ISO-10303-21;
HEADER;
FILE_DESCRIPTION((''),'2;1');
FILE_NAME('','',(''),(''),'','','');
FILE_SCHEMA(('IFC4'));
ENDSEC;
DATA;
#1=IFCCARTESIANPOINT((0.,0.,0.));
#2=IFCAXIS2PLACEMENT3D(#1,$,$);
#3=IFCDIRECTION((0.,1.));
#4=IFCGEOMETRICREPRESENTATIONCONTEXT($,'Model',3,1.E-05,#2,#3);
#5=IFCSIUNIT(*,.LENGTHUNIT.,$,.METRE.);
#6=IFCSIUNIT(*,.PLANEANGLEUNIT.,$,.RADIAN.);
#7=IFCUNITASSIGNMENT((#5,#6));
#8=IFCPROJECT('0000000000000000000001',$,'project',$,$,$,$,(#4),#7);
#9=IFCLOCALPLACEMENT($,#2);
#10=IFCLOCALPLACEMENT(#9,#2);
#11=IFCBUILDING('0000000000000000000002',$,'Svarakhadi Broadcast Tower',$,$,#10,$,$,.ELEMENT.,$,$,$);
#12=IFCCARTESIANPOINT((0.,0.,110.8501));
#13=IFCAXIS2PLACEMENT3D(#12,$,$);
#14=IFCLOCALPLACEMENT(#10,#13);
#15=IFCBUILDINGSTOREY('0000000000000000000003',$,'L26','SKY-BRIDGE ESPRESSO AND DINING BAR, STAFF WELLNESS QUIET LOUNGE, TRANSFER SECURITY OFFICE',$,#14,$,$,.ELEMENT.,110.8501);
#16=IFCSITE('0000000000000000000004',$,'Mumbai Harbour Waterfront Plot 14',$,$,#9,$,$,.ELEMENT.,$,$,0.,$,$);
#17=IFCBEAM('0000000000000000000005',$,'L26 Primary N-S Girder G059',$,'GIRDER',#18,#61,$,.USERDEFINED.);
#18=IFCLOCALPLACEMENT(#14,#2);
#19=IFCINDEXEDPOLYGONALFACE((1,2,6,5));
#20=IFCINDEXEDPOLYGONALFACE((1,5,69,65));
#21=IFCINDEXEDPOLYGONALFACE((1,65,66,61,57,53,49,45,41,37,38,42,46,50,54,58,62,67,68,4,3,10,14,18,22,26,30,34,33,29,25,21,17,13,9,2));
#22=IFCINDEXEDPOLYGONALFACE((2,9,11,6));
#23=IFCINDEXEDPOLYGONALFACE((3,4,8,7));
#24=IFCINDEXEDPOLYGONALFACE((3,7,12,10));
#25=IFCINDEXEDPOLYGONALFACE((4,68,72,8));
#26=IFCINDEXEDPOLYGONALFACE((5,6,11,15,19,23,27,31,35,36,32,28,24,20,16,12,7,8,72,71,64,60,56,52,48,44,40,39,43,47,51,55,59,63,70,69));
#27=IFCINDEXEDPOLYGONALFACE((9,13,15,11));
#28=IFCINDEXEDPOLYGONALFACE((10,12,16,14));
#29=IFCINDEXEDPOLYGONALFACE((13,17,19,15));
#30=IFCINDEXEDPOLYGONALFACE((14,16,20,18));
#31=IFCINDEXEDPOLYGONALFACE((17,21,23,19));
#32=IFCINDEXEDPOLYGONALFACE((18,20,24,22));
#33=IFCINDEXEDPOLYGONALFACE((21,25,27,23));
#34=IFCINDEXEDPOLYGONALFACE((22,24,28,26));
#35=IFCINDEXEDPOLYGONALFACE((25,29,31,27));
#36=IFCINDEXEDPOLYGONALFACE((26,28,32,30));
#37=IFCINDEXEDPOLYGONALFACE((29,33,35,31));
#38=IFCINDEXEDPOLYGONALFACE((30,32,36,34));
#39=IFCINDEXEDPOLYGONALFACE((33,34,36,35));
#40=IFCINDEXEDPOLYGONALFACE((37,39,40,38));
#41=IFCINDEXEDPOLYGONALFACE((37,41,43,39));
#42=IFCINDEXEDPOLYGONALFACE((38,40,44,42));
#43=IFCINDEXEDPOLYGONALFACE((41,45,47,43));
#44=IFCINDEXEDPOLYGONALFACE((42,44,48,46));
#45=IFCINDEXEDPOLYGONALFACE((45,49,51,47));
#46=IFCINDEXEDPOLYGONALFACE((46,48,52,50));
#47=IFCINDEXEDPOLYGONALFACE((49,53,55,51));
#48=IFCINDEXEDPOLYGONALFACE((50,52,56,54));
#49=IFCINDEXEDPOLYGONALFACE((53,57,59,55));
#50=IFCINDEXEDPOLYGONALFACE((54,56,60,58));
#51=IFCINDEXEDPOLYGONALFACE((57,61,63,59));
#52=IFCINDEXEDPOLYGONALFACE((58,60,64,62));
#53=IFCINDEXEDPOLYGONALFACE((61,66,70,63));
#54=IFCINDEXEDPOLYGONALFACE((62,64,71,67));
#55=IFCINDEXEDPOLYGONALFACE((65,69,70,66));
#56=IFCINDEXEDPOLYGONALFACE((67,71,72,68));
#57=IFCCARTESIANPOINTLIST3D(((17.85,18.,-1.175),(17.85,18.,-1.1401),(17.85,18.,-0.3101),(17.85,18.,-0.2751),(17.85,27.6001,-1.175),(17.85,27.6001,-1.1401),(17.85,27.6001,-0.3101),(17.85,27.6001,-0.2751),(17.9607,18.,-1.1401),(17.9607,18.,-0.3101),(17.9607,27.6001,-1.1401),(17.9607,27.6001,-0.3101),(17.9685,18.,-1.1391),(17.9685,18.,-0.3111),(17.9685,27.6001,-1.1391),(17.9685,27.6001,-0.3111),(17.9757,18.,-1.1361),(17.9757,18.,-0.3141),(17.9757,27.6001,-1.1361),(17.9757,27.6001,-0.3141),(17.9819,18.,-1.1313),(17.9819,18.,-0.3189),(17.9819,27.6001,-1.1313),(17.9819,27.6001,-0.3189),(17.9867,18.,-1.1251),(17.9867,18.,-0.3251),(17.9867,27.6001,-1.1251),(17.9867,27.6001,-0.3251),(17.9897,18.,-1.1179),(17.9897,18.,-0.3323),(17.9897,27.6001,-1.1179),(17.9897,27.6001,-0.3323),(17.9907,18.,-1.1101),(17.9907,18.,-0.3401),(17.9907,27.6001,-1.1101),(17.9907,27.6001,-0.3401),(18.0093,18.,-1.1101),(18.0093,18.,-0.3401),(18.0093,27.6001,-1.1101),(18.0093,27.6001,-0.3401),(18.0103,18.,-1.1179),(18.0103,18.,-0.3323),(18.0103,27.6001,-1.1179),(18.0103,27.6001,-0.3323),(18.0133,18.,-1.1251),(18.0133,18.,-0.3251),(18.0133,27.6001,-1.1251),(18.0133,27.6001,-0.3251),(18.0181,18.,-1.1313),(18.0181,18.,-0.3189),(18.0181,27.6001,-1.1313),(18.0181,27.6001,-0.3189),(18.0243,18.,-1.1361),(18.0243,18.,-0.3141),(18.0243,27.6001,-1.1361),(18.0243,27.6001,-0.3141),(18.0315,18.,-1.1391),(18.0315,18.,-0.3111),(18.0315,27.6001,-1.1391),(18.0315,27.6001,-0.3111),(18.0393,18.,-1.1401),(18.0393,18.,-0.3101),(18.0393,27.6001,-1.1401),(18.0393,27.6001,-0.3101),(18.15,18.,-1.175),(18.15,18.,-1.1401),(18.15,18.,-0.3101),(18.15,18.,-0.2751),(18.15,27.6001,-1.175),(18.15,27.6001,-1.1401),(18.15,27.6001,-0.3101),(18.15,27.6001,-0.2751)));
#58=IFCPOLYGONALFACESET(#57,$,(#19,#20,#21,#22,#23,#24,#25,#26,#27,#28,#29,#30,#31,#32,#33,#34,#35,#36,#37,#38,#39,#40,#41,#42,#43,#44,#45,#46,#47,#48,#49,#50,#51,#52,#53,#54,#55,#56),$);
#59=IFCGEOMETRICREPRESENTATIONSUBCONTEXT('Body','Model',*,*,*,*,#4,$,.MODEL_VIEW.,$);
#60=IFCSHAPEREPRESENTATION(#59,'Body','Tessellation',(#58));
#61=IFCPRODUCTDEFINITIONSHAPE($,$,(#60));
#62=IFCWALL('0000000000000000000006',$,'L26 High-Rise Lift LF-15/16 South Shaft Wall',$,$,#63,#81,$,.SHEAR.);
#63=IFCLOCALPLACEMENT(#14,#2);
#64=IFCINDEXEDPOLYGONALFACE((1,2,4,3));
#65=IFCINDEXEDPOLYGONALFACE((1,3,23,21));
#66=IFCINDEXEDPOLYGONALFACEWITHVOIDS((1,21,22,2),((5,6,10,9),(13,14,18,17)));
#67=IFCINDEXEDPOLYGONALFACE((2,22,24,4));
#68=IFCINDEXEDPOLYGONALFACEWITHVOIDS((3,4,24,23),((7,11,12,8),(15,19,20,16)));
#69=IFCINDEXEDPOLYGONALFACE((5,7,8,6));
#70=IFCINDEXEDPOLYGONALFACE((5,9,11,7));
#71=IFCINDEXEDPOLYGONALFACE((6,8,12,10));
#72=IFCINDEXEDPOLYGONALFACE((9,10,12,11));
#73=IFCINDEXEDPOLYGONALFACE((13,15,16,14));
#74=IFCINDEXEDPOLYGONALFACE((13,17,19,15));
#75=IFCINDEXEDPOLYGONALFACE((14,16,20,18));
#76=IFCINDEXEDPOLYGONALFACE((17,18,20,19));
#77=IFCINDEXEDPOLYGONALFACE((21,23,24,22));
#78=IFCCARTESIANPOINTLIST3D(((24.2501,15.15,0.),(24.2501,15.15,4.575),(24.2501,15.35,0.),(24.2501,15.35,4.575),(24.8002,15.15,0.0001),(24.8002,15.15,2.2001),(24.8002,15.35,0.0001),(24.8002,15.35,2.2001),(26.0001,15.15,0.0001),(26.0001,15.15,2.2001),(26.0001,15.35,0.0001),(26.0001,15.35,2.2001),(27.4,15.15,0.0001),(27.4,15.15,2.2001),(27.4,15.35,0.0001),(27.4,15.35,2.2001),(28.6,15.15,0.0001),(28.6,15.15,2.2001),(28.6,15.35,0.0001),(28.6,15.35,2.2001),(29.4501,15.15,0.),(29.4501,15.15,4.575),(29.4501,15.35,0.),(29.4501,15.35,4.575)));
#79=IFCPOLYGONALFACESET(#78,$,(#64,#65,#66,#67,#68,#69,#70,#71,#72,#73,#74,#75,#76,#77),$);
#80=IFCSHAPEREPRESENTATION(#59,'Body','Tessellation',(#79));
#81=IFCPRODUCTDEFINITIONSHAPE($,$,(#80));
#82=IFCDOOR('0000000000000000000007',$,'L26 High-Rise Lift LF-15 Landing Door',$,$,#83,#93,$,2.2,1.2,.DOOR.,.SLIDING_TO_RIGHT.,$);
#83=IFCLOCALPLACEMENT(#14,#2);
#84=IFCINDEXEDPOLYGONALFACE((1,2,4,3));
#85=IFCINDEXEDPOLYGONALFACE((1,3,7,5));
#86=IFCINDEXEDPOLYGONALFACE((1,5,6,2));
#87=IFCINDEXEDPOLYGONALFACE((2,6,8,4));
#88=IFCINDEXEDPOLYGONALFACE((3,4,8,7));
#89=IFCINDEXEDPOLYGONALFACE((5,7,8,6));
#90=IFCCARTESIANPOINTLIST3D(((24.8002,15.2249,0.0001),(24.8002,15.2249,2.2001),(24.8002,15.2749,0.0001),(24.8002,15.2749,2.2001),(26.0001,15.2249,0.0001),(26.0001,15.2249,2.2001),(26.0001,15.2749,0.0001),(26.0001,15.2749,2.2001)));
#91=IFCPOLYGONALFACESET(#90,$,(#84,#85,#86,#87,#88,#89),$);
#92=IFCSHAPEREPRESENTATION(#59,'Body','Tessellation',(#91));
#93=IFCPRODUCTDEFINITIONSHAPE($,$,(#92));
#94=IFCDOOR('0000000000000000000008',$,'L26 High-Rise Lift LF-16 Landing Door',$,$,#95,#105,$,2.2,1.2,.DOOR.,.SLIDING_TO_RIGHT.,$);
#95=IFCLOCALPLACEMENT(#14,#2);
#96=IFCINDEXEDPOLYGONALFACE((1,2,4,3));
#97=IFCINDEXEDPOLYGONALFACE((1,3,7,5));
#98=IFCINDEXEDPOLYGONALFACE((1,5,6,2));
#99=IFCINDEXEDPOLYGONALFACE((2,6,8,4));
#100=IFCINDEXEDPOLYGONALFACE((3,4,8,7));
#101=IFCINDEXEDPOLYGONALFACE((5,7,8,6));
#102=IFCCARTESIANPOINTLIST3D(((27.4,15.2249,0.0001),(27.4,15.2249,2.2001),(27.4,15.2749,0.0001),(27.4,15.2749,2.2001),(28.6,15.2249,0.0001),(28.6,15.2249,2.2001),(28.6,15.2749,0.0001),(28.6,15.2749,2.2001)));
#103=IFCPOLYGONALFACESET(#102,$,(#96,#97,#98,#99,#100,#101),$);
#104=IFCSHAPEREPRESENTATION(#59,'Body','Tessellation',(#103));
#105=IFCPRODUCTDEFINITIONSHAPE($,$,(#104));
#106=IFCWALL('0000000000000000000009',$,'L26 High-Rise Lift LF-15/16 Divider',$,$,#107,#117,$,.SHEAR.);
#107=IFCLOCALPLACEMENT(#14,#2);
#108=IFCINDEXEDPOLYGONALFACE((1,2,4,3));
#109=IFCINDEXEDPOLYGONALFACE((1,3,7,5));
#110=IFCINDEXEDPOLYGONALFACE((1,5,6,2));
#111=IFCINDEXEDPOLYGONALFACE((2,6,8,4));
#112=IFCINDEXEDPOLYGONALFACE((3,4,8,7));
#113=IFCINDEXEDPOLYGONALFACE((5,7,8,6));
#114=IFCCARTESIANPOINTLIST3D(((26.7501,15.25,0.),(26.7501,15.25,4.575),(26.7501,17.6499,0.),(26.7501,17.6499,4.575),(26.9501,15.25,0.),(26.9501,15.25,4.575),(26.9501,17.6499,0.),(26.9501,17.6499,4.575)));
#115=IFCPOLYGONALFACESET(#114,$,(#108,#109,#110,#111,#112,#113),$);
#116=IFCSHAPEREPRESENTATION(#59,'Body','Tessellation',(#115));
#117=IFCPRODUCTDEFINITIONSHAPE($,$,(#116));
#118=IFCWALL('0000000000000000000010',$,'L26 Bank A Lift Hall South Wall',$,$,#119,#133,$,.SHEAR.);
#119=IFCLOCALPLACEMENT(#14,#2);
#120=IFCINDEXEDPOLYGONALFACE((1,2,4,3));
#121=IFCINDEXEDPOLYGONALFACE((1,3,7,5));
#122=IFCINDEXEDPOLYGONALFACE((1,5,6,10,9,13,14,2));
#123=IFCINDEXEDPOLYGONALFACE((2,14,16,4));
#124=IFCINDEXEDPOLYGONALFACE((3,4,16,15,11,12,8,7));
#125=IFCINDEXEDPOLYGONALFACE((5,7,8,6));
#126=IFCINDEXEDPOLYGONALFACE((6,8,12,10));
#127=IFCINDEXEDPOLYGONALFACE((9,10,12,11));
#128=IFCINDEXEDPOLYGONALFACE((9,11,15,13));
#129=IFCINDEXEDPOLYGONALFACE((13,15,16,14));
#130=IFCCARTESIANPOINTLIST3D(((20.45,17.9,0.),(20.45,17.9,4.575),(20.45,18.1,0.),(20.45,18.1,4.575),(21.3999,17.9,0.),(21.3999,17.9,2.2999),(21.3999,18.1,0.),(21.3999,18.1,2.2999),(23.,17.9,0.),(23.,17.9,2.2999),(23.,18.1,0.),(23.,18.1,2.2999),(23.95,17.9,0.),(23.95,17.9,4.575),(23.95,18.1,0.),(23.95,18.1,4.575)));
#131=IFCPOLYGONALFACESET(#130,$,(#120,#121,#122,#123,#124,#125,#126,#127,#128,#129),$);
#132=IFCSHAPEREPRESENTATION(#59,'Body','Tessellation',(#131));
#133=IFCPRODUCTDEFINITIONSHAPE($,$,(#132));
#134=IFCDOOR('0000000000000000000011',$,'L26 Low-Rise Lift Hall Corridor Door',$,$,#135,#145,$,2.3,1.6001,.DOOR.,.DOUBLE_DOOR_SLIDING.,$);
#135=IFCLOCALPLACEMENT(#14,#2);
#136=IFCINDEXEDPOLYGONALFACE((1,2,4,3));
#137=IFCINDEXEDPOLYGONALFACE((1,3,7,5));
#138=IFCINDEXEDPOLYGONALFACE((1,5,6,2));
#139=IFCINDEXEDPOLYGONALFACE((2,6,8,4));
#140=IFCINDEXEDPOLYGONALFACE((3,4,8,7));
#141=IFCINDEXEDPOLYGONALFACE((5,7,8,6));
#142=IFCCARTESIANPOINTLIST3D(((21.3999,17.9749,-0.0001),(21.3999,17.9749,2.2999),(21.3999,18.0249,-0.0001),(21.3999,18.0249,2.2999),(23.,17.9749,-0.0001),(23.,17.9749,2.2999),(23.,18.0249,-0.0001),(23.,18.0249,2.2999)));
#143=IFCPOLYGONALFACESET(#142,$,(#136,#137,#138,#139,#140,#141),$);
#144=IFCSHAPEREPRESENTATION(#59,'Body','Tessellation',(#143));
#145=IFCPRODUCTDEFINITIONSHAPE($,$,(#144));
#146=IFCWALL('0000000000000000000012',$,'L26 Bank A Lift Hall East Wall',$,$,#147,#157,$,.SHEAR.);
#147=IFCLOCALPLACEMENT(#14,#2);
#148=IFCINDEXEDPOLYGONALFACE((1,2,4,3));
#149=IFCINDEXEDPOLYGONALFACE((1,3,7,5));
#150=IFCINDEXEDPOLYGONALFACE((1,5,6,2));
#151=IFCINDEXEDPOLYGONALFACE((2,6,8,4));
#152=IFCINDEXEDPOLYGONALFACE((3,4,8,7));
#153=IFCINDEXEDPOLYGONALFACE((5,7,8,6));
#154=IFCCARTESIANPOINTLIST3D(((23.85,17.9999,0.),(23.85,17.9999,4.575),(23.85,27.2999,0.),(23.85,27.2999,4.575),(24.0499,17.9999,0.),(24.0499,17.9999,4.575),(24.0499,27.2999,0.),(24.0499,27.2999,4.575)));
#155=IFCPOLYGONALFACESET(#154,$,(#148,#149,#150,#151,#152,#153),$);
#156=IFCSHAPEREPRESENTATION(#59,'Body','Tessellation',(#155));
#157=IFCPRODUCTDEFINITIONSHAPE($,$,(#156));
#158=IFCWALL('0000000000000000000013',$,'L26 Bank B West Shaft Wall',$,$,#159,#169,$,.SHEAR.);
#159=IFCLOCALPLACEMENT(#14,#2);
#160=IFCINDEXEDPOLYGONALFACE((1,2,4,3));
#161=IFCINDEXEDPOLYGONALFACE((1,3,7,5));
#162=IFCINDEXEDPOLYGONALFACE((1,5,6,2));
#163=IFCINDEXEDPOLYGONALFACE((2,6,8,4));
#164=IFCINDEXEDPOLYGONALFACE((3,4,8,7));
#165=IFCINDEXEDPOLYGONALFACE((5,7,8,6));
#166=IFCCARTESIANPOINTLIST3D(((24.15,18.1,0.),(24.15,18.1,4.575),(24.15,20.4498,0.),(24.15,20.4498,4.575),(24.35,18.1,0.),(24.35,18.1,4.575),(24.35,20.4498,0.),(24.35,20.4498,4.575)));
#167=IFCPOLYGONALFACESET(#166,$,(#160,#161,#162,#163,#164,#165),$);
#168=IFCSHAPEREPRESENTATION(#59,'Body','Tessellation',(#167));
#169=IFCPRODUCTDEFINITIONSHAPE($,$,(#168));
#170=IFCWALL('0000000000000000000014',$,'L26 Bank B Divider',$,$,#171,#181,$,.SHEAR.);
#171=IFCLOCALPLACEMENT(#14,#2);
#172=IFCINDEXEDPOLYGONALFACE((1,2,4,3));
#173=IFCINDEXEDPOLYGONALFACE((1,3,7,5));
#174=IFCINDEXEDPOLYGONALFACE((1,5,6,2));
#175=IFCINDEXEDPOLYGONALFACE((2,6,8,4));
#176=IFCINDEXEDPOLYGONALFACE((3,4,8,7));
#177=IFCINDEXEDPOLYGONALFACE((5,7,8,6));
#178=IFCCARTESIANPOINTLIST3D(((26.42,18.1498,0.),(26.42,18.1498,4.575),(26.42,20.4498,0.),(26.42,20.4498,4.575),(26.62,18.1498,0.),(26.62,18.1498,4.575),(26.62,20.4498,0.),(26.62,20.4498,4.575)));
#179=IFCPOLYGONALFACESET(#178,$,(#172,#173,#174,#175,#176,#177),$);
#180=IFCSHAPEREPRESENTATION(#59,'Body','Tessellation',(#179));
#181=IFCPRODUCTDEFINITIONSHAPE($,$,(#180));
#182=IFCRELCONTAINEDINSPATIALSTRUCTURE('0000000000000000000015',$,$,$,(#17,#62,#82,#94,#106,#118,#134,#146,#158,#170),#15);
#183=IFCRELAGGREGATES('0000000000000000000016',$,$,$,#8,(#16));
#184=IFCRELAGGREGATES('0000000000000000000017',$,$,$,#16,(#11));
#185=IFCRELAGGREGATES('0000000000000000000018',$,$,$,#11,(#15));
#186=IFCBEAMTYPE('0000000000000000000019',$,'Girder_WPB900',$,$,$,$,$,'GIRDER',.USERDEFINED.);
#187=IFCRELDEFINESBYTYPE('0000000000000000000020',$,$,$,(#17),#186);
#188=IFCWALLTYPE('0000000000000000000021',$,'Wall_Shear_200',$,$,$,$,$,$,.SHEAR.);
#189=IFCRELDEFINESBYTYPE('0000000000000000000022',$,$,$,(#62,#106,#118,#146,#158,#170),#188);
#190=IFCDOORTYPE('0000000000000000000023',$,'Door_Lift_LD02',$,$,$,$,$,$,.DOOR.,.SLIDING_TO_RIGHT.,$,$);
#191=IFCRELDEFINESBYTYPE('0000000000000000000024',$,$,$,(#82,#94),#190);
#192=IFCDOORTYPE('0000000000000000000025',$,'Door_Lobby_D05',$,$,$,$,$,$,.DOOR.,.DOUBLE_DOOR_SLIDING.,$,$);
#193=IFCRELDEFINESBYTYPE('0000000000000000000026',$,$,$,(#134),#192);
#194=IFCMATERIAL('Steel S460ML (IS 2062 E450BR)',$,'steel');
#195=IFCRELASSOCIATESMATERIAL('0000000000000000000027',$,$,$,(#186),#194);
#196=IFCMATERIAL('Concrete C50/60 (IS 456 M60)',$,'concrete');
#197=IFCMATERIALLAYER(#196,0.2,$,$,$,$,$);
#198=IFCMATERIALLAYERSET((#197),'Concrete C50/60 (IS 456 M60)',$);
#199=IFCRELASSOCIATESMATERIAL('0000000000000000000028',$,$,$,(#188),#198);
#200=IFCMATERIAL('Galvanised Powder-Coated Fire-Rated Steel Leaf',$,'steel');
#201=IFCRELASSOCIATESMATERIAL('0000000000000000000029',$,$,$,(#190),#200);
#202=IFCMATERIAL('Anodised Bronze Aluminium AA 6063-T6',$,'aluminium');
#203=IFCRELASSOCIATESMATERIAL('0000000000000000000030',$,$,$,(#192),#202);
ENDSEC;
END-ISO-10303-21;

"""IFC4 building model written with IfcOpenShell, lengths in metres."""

from ifc_helpers import new_model, si_unit, direction, frame, frame_2d, origin, origin_2d, place, context, subcontext, project, spatial, rectangle, i_section, extrude, material, layer, layer_set, material_profile, profile_set, type_object, element, fill, save


model = new_model("IFC4")

# Units and contexts
model_context = context("Model", 3, precision=1e-05, world=origin(), true_north=direction((0.0, 1.0)))
body_context = subcontext(model_context, "Body", "Model", "MODEL_VIEW")
ifc_project = project(units=[si_unit("LENGTHUNIT", "METRE"), si_unit("PLANEANGLEUNIT", "RADIAN")], contexts=[model_context])

# Site, building, storey
site_placement = place(None, origin())
site = spatial("IfcSite", under=ifc_project, at=site_placement, Name="Mumbai Harbour Waterfront Plot 14", CompositionType="ELEMENT", RefElevation=0.0)
building_placement = place(site_placement, origin())
building = spatial("IfcBuilding", under=site, at=building_placement, Name="Svarakhadi Broadcast Tower", CompositionType="ELEMENT")
storey_placement = place(building_placement, frame((0.0, 0.0, 110.8501)))
storey = spatial("IfcBuildingStorey", under=building, at=storey_placement, Name="L26", Description="SKY-BRIDGE ESPRESSO AND DINING BAR, STAFF WELLNESS QUIET LOUNGE, TRANSFER SECURITY OFFICE", CompositionType="ELEMENT", Elevation=110.8501)

# Shared definitions
ifc_material_1 = material(Name="Concrete C50/60 (IS 456 M60)", Category="concrete")

# Beam
ifc_material_2 = material(Name="Steel S460ML (IS 2062 E450BR)", Category="steel")
ifc_material_profile_1 = material_profile(ifc_material_2, i_section(OverallWidth=0.3, OverallDepth=0.8999, WebThickness=0.0186, FlangeThickness=0.0349, FilletRadius=0.03, at=origin_2d()), Name="WPB 900x300x291")
ifc_profile_set_1 = profile_set([ifc_material_profile_1], Name="Steel S460ML (IS 2062 E450BR)")
beam_type_1 = type_object("IfcBeamType", Name="Girder_WPB900", ElementType="GIRDER", PredefinedType="USERDEFINED", material=ifc_profile_set_1)
for number, where, z_axis, x_axis, name in (
    (1, (18.0, 18.0, -0.7251), (0.0, 1.0, 0.0), (-1.0, 0.0, 0.0), "L26 Primary N-S Girder G059"),
):
    element("IfcBeam", number, at=place(storey_placement, frame(where, z_axis=z_axis, x_axis=x_axis)), inside=storey, type_object=beam_type_1, Name=name, ObjectType="GIRDER", PredefinedType="USERDEFINED", context=body_context, shape_type="SweptSolid", body=[
        extrude(i_section(OverallWidth=0.3, OverallDepth=0.8999, WebThickness=0.0186, FlangeThickness=0.0349, FilletRadius=0.03, at=origin_2d()), origin(), (0.0, 0.0, 1.0), 9.6001),
    ])

# Shared definitions
ifc_layer_1 = layer(ifc_material_1, 0.2)
ifc_layer_set_1 = layer_set([ifc_layer_1], Name="Concrete C50/60 (IS 456 M60)")
wall_type_1 = type_object("IfcWallType", Name="Wall_Shear_200", PredefinedType="SHEAR", material=ifc_layer_set_1)
ifc_material_3 = material(Name="Galvanised Powder-Coated Fire-Rated Steel Leaf", Category="steel")

# Wall, openings, doors
wall_1_placement = place(storey_placement, frame((24.25, 15.25, 0.0), z_axis=(0.0, 0.0, 1.0), x_axis=(1.0, 0.0, 0.0)))
wall_1 = element("IfcWall", 2, at=wall_1_placement, inside=storey, type_object=wall_type_1, Name="L26 High-Rise Lift LF-15/16 South Shaft Wall", PredefinedType="SHEAR", context=body_context, shape_type="SweptSolid", body=[
    extrude(rectangle(XDim=5.2, YDim=0.2, at=frame_2d((2.6001, 0.0))), origin(), (0.0, 0.0, 1.0), 4.575),
])
opening_1_placement = place(wall_1_placement, frame((0.55, 0.0, 0.0)))
opening_1 = element("IfcOpeningElement", 3, at=opening_1_placement, cuts=wall_1, PredefinedType="OPENING", context=body_context, shape_type="SweptSolid", body=[
    extrude(rectangle(XDim=1.2, YDim=2.2, at=frame_2d((0.6001, 1.1001))), frame((0.0, 0.1099, 0.0), z_axis=(0.0, -1.0, 0.0), x_axis=(1.0, 0.0, 0.0)), (0.0, 0.0, 1.0), 0.22),
])
opening_2_placement = place(wall_1_placement, frame((3.1499, 0.0, 0.0)))
opening_2 = element("IfcOpeningElement", 4, at=opening_2_placement, cuts=wall_1, PredefinedType="OPENING", context=body_context, shape_type="SweptSolid", body=[
    extrude(rectangle(XDim=1.2, YDim=2.2, at=frame_2d((0.6001, 1.1001))), frame((0.0, 0.1099, 0.0), z_axis=(0.0, -1.0, 0.0), x_axis=(1.0, 0.0, 0.0)), (0.0, 0.0, 1.0), 0.22),
])
door_type_1 = type_object("IfcDoorType", Name="Door_Lift_LD02", OperationType="SLIDING_TO_RIGHT", PredefinedType="DOOR", material=ifc_material_3)
door_1_placement = place(opening_1_placement, origin())
door_1 = element("IfcDoor", 5, at=door_1_placement, inside=storey, type_object=door_type_1, Name="L26 High-Rise Lift LF-15 Landing Door", OperationType="SLIDING_TO_RIGHT", OverallHeight=2.2, OverallWidth=1.2, PredefinedType="DOOR", context=body_context, shape_type="SweptSolid", body=[
    extrude(rectangle(XDim=1.2, YDim=2.2, at=frame_2d((0.6001, 1.1001))), frame((0.0, 0.0249, 0.0), z_axis=(0.0, -1.0, 0.0), x_axis=(1.0, 0.0, 0.0)), (0.0, 0.0, 1.0), 0.05),
])
fill(opening_1, door_1)
door_2_placement = place(opening_2_placement, origin())
door_2 = element("IfcDoor", 6, at=door_2_placement, inside=storey, type_object=door_type_1, Name="L26 High-Rise Lift LF-16 Landing Door", OperationType="SLIDING_TO_RIGHT", OverallHeight=2.2, OverallWidth=1.2, PredefinedType="DOOR", context=body_context, shape_type="SweptSolid", body=[
    extrude(rectangle(XDim=1.2, YDim=2.2, at=frame_2d((0.6001, 1.1001))), frame((0.0, 0.0249, 0.0), z_axis=(0.0, -1.0, 0.0), x_axis=(1.0, 0.0, 0.0)), (0.0, 0.0, 1.0), 0.05),
])
fill(opening_2, door_2)

# Wall
wall_2_placement = place(storey_placement, frame((26.8501, 15.25, 0.0), z_axis=(0.0, 0.0, 1.0), x_axis=(0.0, 1.0, 0.0)))
element("IfcWall", 7, at=wall_2_placement, inside=storey, type_object=wall_type_1, Name="L26 High-Rise Lift LF-15/16 Divider", PredefinedType="SHEAR", context=body_context, shape_type="SweptSolid", body=[
    extrude(rectangle(XDim=2.3999, YDim=0.2, at=frame_2d((1.2, 0.0))), origin(), (0.0, 0.0, 1.0), 4.575),
])

# Wall, opening, door
wall_3_placement = place(storey_placement, frame((20.45, 18.0, 0.0), z_axis=(0.0, 0.0, 1.0), x_axis=(1.0, 0.0, 0.0)))
wall_3 = element("IfcWall", 8, at=wall_3_placement, inside=storey, type_object=wall_type_1, Name="L26 Bank A Lift Hall South Wall", PredefinedType="SHEAR", context=body_context, shape_type="SweptSolid", body=[
    extrude(rectangle(XDim=3.5, YDim=0.2, at=frame_2d((1.75, 0.0))), origin(), (0.0, 0.0, 1.0), 4.575),
])
opening_3_placement = place(wall_3_placement, frame((0.95, 0.0, 0.0)))
opening_3 = element("IfcOpeningElement", 9, at=opening_3_placement, cuts=wall_3, PredefinedType="OPENING", context=body_context, shape_type="SweptSolid", body=[
    extrude(rectangle(XDim=1.6001, YDim=2.3, at=frame_2d((0.8, 1.1499))), frame((0.0, 0.1099, 0.0), z_axis=(0.0, -1.0, 0.0), x_axis=(1.0, 0.0, 0.0)), (0.0, 0.0, 1.0), 0.22),
])
ifc_material_4 = material(Name="Anodised Bronze Aluminium AA 6063-T6", Category="aluminium")
door_type_2 = type_object("IfcDoorType", Name="Door_Lobby_D05", OperationType="DOUBLE_DOOR_SLIDING", PredefinedType="DOOR", material=ifc_material_4)
door_3_placement = place(opening_3_placement, origin())
door_3 = element("IfcDoor", 10, at=door_3_placement, inside=storey, type_object=door_type_2, Name="L26 Low-Rise Lift Hall Corridor Door", OperationType="DOUBLE_DOOR_SLIDING", OverallHeight=2.3, OverallWidth=1.6001, PredefinedType="DOOR", context=body_context, shape_type="SweptSolid", body=[
    extrude(rectangle(XDim=1.6001, YDim=2.3, at=frame_2d((0.8, 1.1499))), frame((0.0, 0.0249, 0.0), z_axis=(0.0, -1.0, 0.0), x_axis=(1.0, 0.0, 0.0)), (0.0, 0.0, 1.0), 0.05),
])
fill(opening_3, door_3)

# Walls
wall_4_placement = place(storey_placement, frame((23.95, 18.0, 0.0), z_axis=(0.0, 0.0, 1.0), x_axis=(0.0, 1.0, 0.0)))
element("IfcWall", 11, at=wall_4_placement, inside=storey, type_object=wall_type_1, Name="L26 Bank A Lift Hall East Wall", PredefinedType="SHEAR", context=body_context, shape_type="SweptSolid", body=[
    extrude(rectangle(XDim=9.3, YDim=0.2, at=frame_2d((4.6499, 0.0))), origin(), (0.0, 0.0, 1.0), 4.575),
])
wall_5_placement = place(storey_placement, frame((24.25, 18.1001, 0.0), z_axis=(0.0, 0.0, 1.0), x_axis=(0.0, 1.0, 0.0)))
element("IfcWall", 12, at=wall_5_placement, inside=storey, type_object=wall_type_1, Name="L26 Bank B West Shaft Wall", PredefinedType="SHEAR", context=body_context, shape_type="SweptSolid", body=[
    extrude(rectangle(XDim=2.3499, YDim=0.2, at=frame_2d((1.1748, 0.0))), origin(), (0.0, 0.0, 1.0), 4.575),
])
wall_6_placement = place(storey_placement, frame((26.52, 18.1499, 0.0), z_axis=(0.0, 0.0, 1.0), x_axis=(0.0, 1.0, 0.0)))
element("IfcWall", 13, at=wall_6_placement, inside=storey, type_object=wall_type_1, Name="L26 Bank B Divider", PredefinedType="SHEAR", context=body_context, shape_type="SweptSolid", body=[
    extrude(rectangle(XDim=2.3, YDim=0.2, at=frame_2d((1.1499, 0.0))), origin(), (0.0, 0.0, 1.0), 4.575),
])

save(model, "model.ifc")
